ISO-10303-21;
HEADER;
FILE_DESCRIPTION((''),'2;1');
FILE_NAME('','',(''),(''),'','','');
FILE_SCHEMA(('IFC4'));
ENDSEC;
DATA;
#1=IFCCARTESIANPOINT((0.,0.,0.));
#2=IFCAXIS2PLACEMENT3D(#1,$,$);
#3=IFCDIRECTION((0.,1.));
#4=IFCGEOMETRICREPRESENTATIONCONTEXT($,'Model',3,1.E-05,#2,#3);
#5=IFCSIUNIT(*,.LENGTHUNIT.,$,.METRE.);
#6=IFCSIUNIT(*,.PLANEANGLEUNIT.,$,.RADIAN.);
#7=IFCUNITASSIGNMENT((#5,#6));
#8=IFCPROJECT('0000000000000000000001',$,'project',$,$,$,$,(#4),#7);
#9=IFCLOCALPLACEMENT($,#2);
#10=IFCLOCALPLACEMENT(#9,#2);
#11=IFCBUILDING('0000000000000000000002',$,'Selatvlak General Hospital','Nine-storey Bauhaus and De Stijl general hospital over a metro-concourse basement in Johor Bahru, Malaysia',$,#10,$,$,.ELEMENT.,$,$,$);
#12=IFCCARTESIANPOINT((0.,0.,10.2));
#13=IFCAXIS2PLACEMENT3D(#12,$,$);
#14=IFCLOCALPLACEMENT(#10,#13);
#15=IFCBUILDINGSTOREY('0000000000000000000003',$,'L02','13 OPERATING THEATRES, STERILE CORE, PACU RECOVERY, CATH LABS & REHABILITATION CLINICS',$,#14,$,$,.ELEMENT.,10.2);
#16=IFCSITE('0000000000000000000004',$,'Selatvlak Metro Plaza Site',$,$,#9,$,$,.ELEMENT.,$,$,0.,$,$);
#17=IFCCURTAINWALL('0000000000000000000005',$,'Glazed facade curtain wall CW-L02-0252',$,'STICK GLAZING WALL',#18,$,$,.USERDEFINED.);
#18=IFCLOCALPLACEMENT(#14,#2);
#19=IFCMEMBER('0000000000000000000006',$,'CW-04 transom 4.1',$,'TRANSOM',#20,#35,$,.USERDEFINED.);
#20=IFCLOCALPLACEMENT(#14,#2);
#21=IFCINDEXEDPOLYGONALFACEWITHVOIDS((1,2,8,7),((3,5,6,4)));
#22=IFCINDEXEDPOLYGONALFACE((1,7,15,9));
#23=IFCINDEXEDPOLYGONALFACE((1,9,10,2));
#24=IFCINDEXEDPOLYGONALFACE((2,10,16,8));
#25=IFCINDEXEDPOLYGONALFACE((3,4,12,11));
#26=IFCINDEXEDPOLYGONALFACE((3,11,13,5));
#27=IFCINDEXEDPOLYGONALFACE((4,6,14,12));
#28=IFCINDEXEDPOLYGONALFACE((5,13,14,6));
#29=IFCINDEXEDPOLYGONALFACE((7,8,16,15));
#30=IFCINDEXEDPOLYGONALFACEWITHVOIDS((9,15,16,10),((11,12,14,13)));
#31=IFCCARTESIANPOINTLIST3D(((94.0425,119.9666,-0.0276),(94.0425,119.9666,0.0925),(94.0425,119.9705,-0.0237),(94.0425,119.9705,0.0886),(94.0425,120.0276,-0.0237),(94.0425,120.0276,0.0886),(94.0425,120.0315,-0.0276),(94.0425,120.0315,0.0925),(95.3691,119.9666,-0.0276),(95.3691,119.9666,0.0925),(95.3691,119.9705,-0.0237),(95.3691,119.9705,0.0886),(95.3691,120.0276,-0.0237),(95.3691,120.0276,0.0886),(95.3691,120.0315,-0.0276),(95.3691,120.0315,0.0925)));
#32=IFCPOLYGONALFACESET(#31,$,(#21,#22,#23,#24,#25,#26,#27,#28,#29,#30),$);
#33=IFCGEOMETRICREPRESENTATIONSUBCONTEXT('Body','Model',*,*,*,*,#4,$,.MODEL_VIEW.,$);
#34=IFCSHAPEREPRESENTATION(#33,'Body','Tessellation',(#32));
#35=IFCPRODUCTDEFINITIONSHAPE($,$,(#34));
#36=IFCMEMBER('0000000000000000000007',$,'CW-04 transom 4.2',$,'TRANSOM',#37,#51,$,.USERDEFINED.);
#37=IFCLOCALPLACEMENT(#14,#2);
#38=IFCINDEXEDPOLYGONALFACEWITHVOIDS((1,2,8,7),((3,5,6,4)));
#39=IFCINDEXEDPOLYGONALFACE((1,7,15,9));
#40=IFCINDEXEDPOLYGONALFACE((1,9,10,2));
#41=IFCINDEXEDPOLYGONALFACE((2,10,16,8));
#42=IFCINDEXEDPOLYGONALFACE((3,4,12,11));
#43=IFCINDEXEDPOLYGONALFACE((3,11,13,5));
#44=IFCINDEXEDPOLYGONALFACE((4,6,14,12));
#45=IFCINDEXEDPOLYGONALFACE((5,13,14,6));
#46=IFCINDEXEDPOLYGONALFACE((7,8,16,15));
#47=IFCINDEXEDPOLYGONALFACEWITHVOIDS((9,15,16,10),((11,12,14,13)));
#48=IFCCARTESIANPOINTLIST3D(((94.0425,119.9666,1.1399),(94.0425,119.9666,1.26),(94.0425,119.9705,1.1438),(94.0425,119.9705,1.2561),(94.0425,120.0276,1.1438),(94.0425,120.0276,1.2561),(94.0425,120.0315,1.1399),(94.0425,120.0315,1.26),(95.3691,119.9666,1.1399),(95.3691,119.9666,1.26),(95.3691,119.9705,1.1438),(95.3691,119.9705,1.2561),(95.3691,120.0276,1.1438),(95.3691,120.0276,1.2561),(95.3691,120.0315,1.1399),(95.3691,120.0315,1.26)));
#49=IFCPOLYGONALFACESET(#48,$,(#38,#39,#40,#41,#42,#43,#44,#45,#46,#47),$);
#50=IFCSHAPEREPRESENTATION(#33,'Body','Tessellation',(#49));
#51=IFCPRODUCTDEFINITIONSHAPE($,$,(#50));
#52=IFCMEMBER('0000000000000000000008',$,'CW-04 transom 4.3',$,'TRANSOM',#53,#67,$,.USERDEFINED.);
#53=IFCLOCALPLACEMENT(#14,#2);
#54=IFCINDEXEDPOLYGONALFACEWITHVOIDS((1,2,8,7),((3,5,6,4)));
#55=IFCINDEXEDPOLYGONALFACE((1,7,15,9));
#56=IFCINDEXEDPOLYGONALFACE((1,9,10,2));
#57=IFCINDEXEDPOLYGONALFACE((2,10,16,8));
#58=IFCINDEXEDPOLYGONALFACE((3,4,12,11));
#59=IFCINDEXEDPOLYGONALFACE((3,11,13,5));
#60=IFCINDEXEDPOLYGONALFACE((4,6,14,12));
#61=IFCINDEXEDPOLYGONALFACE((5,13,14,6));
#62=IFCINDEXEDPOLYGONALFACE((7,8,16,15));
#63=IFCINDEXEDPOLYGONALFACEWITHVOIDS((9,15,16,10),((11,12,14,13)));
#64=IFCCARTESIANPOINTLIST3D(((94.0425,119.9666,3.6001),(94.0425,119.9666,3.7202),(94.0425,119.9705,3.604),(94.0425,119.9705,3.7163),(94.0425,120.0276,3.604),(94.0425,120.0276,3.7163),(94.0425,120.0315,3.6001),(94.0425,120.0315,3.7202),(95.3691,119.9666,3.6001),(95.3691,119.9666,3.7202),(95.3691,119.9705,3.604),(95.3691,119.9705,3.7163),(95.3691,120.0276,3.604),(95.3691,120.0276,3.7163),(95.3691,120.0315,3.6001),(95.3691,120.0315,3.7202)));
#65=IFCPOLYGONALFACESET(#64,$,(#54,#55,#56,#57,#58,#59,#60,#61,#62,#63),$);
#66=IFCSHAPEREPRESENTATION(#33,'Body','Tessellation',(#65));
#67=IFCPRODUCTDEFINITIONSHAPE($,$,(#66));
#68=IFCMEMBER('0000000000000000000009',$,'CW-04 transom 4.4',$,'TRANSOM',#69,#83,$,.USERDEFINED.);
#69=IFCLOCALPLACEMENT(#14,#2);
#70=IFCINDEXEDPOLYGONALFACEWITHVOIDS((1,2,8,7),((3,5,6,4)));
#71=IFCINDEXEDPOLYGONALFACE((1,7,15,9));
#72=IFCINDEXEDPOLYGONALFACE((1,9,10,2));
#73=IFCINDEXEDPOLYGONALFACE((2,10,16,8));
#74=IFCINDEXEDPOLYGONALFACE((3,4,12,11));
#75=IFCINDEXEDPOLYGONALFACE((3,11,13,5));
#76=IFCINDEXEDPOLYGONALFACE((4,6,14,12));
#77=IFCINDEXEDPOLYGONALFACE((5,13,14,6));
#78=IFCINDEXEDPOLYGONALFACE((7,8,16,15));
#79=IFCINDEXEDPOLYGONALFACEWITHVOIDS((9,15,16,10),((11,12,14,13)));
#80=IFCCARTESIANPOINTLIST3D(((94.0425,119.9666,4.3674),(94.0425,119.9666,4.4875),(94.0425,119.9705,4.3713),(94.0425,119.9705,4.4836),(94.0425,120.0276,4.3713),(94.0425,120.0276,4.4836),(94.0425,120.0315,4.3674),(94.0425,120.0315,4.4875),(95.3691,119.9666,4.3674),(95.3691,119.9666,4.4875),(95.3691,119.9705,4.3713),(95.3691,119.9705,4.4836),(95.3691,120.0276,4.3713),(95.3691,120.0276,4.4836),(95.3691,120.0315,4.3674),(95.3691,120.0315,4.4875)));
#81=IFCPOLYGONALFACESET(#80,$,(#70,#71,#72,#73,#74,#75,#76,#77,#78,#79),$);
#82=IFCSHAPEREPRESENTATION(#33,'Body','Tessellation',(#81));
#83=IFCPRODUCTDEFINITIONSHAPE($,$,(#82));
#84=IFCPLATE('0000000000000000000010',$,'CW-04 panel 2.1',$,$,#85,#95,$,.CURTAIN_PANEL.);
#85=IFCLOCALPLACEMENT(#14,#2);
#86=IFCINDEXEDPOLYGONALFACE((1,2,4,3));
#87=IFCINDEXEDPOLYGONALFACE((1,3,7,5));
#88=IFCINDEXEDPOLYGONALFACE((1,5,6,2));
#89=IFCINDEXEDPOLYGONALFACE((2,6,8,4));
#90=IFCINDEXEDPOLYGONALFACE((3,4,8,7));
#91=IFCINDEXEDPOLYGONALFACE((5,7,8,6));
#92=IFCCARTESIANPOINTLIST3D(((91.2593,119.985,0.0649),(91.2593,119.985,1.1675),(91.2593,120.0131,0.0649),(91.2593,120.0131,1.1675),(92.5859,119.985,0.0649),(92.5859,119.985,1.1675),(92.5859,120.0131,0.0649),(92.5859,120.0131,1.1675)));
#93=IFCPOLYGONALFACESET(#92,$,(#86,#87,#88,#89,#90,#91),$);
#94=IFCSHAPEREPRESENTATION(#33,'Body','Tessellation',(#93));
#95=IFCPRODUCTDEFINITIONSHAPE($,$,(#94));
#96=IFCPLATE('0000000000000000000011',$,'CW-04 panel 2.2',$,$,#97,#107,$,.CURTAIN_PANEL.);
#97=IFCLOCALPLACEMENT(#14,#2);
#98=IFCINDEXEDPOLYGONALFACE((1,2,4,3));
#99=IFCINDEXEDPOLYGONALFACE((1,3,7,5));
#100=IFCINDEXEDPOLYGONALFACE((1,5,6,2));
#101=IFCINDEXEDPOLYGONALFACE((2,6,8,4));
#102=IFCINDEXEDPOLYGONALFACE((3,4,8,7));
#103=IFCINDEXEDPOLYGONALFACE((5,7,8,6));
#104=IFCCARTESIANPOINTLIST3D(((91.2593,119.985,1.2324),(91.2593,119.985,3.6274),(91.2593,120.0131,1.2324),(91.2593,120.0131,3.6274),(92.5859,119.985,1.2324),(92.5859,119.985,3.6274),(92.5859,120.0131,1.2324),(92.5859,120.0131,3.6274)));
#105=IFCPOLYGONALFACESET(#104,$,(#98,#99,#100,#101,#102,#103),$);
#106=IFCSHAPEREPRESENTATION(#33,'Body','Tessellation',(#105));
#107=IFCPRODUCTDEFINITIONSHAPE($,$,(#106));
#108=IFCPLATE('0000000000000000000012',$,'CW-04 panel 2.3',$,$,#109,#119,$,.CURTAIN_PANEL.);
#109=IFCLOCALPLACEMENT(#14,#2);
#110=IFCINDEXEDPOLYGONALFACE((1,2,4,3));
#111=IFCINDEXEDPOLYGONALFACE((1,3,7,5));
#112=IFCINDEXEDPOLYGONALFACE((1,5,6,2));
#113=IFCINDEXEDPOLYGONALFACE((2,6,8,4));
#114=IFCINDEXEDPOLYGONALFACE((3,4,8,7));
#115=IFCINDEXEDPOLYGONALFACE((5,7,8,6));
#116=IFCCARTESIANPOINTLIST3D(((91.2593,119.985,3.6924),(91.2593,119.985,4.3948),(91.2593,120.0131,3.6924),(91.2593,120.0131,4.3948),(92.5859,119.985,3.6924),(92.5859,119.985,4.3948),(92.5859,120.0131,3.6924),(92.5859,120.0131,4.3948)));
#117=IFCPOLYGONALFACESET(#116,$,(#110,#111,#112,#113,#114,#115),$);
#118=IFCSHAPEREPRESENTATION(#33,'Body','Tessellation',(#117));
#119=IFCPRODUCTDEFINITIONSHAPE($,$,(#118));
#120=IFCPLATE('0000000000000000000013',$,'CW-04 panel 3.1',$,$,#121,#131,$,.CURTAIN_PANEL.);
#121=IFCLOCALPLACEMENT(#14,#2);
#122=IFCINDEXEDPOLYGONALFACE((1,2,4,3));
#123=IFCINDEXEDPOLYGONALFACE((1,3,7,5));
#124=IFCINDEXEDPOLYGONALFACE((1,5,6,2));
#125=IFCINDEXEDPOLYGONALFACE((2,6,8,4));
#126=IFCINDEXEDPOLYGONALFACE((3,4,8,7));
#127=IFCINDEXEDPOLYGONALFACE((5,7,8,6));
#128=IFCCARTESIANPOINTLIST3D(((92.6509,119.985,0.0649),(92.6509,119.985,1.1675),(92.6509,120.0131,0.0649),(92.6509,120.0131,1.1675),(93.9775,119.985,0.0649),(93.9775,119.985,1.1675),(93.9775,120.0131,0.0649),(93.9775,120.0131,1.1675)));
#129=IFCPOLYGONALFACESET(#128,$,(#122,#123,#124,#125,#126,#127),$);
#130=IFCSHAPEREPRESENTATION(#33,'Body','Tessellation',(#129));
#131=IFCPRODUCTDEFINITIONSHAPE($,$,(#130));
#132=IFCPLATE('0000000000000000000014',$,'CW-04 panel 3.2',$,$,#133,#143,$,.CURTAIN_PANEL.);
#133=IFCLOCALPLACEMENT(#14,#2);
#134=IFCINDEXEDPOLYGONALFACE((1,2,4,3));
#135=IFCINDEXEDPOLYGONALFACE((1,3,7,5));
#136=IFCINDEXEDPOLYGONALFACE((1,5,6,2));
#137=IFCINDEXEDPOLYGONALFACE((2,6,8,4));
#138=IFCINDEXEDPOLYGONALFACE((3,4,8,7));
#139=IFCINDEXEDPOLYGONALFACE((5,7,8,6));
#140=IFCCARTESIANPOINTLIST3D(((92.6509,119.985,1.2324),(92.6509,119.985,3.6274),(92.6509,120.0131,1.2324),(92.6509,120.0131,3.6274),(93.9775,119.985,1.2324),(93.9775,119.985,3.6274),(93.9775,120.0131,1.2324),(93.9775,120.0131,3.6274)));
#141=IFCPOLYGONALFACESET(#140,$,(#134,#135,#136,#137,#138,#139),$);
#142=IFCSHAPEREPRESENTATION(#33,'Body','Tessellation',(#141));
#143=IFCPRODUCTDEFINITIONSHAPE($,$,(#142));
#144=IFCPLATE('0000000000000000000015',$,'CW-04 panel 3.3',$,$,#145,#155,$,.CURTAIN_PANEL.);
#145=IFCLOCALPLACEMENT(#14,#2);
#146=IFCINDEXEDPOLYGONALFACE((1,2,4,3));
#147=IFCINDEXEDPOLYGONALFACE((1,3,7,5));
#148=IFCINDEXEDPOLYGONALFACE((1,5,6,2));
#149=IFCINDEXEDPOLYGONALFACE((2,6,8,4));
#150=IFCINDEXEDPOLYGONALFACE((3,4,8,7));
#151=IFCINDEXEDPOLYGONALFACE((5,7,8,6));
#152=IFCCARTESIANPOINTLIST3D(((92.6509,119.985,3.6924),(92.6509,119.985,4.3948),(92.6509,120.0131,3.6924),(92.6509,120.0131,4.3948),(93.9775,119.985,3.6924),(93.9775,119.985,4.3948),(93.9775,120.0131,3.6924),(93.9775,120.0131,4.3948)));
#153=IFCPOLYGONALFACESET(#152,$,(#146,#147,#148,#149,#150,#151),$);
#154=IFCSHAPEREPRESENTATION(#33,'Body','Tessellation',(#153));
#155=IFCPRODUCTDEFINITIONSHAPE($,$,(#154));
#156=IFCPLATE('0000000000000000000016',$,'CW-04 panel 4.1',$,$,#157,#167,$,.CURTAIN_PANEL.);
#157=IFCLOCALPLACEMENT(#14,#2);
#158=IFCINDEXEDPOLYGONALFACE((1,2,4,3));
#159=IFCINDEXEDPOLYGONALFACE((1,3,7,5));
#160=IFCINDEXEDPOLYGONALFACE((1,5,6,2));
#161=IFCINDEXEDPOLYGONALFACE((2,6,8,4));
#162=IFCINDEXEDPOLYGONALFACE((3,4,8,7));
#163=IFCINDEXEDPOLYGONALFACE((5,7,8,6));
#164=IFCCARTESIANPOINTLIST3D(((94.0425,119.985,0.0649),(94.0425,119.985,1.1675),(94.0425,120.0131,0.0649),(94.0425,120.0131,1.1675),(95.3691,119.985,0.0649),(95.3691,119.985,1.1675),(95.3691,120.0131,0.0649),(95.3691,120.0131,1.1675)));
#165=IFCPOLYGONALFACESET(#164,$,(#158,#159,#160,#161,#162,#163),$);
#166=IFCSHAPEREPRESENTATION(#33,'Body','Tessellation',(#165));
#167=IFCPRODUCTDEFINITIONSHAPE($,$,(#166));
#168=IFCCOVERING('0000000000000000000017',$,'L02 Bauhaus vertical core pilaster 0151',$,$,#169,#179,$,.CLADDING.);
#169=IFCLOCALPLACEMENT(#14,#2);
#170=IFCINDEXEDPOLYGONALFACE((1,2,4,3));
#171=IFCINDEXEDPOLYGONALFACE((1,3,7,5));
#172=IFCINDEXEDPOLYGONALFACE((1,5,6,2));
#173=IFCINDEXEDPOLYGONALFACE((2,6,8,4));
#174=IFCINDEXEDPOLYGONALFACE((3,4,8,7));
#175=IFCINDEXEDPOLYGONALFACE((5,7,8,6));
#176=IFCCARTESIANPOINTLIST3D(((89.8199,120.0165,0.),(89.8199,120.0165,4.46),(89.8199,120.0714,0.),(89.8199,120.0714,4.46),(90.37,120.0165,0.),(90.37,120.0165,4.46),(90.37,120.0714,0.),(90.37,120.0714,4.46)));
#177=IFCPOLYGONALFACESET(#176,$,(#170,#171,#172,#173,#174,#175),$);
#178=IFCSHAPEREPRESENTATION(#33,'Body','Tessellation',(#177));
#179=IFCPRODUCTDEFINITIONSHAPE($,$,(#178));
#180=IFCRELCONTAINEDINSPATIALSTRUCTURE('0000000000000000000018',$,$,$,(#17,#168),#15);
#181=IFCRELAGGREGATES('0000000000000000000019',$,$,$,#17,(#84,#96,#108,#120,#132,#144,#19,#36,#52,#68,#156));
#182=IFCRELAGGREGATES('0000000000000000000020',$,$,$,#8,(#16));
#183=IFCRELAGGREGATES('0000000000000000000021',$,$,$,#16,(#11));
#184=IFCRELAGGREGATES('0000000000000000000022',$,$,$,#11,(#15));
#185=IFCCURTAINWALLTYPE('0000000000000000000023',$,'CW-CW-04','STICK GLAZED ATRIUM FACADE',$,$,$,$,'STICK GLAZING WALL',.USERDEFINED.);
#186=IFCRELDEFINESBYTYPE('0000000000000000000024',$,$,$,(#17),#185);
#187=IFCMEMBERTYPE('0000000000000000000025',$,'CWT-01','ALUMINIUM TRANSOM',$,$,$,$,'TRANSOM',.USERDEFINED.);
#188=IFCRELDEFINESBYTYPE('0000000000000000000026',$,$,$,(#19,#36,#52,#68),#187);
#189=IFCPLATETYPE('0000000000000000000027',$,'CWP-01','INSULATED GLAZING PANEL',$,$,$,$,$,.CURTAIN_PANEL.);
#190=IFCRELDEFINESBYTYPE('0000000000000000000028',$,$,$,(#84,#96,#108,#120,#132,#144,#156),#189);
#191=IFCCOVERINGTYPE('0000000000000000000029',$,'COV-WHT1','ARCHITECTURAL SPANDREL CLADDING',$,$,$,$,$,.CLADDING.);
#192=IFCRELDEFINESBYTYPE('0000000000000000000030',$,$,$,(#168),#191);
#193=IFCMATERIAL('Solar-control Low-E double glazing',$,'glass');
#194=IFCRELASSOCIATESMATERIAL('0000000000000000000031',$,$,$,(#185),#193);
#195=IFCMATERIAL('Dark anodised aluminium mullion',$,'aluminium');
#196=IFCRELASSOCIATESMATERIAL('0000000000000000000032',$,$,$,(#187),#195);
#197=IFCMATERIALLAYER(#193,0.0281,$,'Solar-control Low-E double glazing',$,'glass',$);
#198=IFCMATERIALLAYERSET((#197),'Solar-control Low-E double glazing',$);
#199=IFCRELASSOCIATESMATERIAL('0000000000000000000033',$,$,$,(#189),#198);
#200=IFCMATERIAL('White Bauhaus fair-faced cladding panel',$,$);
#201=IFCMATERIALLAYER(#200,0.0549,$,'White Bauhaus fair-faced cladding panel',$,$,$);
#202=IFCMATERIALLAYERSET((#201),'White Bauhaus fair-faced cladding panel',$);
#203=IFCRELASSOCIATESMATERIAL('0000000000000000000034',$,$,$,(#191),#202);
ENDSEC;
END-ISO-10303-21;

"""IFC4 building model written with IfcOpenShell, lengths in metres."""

from ifc_helpers import new_model, si_unit, direction, frame, origin, origin_2d, place, context, subcontext, project, spatial, rectangle, hollow_rectangle, extrude, material, layer, layer_set, material_profile, profile_set, type_object, element, aggregate, save


model = new_model("IFC4")

# Units and contexts
model_context = context("Model", 3, precision=1e-05, world=origin(), true_north=direction((0.0, 1.0)))
body_context = subcontext(model_context, "Body", "Model", "MODEL_VIEW")
ifc_project = project(units=[si_unit("LENGTHUNIT", "METRE"), si_unit("PLANEANGLEUNIT", "RADIAN")], contexts=[model_context])

# Site, building, storey
site_placement = place(None, origin())
site = spatial("IfcSite", under=ifc_project, at=site_placement, Name="Selatvlak Metro Plaza Site", CompositionType="ELEMENT", RefElevation=0.0)
building_placement = place(site_placement, origin())
building = spatial("IfcBuilding", under=site, at=building_placement, Name="Selatvlak General Hospital", Description="Nine-storey Bauhaus and De Stijl general hospital over a metro-concourse basement in Johor Bahru, Malaysia", CompositionType="ELEMENT")
storey_placement = place(building_placement, frame((0.0, 0.0, 10.2)))
storey = spatial("IfcBuildingStorey", under=building, at=storey_placement, Name="L02", Description="13 OPERATING THEATRES, STERILE CORE, PACU RECOVERY, CATH LABS & REHABILITATION CLINICS", CompositionType="ELEMENT", Elevation=10.2)

# Curtain wall, members, plates
ifc_material_1 = material(Name="Solar-control Low-E double glazing", Category="glass")
curtain_wall_type = type_object("IfcCurtainWallType", Name="CW-CW-04", Description="STICK GLAZED ATRIUM FACADE", ElementType="STICK GLAZING WALL", PredefinedType="USERDEFINED", material=ifc_material_1)
curtain_wall_placement = place(storey_placement, origin())
curtain_wall = element("IfcCurtainWall", 1, at=curtain_wall_placement, inside=storey, type_object=curtain_wall_type, Name="Glazed facade curtain wall CW-L02-0252", ObjectType="STICK GLAZING WALL", PredefinedType="USERDEFINED")
ifc_material_2 = material(Name="Dark anodised aluminium mullion", Category="aluminium")
ifc_material_profile_1 = material_profile(ifc_material_2, hollow_rectangle(XDim=0.0649, YDim=0.1201, WallThickness=0.0039, at=origin_2d()), Name="AL-TRN 65x120x4")
ifc_profile_set_1 = profile_set([ifc_material_profile_1], Name="Dark anodised aluminium mullion")
member_type_1 = type_object("IfcMemberType", Name="CWT-01", Description="ALUMINIUM TRANSOM", ElementType="TRANSOM", PredefinedType="USERDEFINED", material=ifc_profile_set_1)
member_1_placement = place(storey_placement, frame((94.0425, 119.999, 0.0325), z_axis=(1.0, 0.0, 0.0), x_axis=(0.0, 1.0, 0.0)))
member_1 = element("IfcMember", 2, at=member_1_placement, type_object=member_type_1, Name="CW-04 transom 4.1", ObjectType="TRANSOM", PredefinedType="USERDEFINED", context=body_context, shape_type="SweptSolid", body=[
    extrude(hollow_rectangle(XDim=0.0649, YDim=0.1201, WallThickness=0.0039, at=origin_2d()), origin(), (0.0, 0.0, 1.0), 1.3267),
])
member_2_placement = place(storey_placement, frame((94.0425, 119.999, 1.2), z_axis=(1.0, 0.0, 0.0), x_axis=(0.0, 1.0, 0.0)))
member_2 = element("IfcMember", 3, at=member_2_placement, type_object=member_type_1, Name="CW-04 transom 4.2", ObjectType="TRANSOM", PredefinedType="USERDEFINED", context=body_context, shape_type="SweptSolid", body=[
    extrude(hollow_rectangle(XDim=0.0649, YDim=0.1201, WallThickness=0.0039, at=origin_2d()), origin(), (0.0, 0.0, 1.0), 1.3267),
])
member_3_placement = place(storey_placement, frame((94.0425, 119.999, 3.6602), z_axis=(1.0, 0.0, 0.0), x_axis=(0.0, 1.0, 0.0)))
member_3 = element("IfcMember", 4, at=member_3_placement, type_object=member_type_1, Name="CW-04 transom 4.3", ObjectType="TRANSOM", PredefinedType="USERDEFINED", context=body_context, shape_type="SweptSolid", body=[
    extrude(hollow_rectangle(XDim=0.0649, YDim=0.1201, WallThickness=0.0039, at=origin_2d()), origin(), (0.0, 0.0, 1.0), 1.3267),
])
member_4_placement = place(storey_placement, frame((94.0425, 119.999, 4.4275), z_axis=(1.0, 0.0, 0.0), x_axis=(0.0, 1.0, 0.0)))
member_4 = element("IfcMember", 5, at=member_4_placement, type_object=member_type_1, Name="CW-04 transom 4.4", ObjectType="TRANSOM", PredefinedType="USERDEFINED", context=body_context, shape_type="SweptSolid", body=[
    extrude(hollow_rectangle(XDim=0.0649, YDim=0.1201, WallThickness=0.0039, at=origin_2d()), origin(), (0.0, 0.0, 1.0), 1.3267),
])
ifc_layer_1 = layer(ifc_material_1, 0.0281, Name="Solar-control Low-E double glazing", Category="glass")
ifc_layer_set_1 = layer_set([ifc_layer_1], Name="Solar-control Low-E double glazing")
plate_type = type_object("IfcPlateType", Name="CWP-01", Description="INSULATED GLAZING PANEL", PredefinedType="CURTAIN_PANEL", material=ifc_layer_set_1)
plate_1_placement = place(storey_placement, frame((91.9226, 119.999, 0.0649), z_axis=(0.0, 0.0, 1.0), x_axis=(1.0, 0.0, 0.0)))
plate_1 = element("IfcPlate", 6, at=plate_1_placement, type_object=plate_type, Name="CW-04 panel 2.1", PredefinedType="CURTAIN_PANEL", context=body_context, shape_type="SweptSolid", body=[
    extrude(rectangle(XDim=1.3267, YDim=0.0281, at=origin_2d()), origin(), (0.0, 0.0, 1.0), 1.1025),
])
plate_2_placement = place(storey_placement, frame((91.9226, 119.999, 1.2324), z_axis=(0.0, 0.0, 1.0), x_axis=(1.0, 0.0, 0.0)))
plate_2 = element("IfcPlate", 7, at=plate_2_placement, type_object=plate_type, Name="CW-04 panel 2.2", PredefinedType="CURTAIN_PANEL", context=body_context, shape_type="SweptSolid", body=[
    extrude(rectangle(XDim=1.3267, YDim=0.0281, at=origin_2d()), origin(), (0.0, 0.0, 1.0), 2.395),
])
plate_3_placement = place(storey_placement, frame((91.9226, 119.999, 3.6924), z_axis=(0.0, 0.0, 1.0), x_axis=(1.0, 0.0, 0.0)))
plate_3 = element("IfcPlate", 8, at=plate_3_placement, type_object=plate_type, Name="CW-04 panel 2.3", PredefinedType="CURTAIN_PANEL", context=body_context, shape_type="SweptSolid", body=[
    extrude(rectangle(XDim=1.3267, YDim=0.0281, at=origin_2d()), origin(), (0.0, 0.0, 1.0), 0.7024),
])
plate_4_placement = place(storey_placement, frame((93.3142, 119.999, 0.0649), z_axis=(0.0, 0.0, 1.0), x_axis=(1.0, 0.0, 0.0)))
plate_4 = element("IfcPlate", 9, at=plate_4_placement, type_object=plate_type, Name="CW-04 panel 3.1", PredefinedType="CURTAIN_PANEL", context=body_context, shape_type="SweptSolid", body=[
    extrude(rectangle(XDim=1.3267, YDim=0.0281, at=origin_2d()), origin(), (0.0, 0.0, 1.0), 1.1025),
])
plate_5_placement = place(storey_placement, frame((93.3142, 119.999, 1.2324), z_axis=(0.0, 0.0, 1.0), x_axis=(1.0, 0.0, 0.0)))
plate_5 = element("IfcPlate", 10, at=plate_5_placement, type_object=plate_type, Name="CW-04 panel 3.2", PredefinedType="CURTAIN_PANEL", context=body_context, shape_type="SweptSolid", body=[
    extrude(rectangle(XDim=1.3267, YDim=0.0281, at=origin_2d()), origin(), (0.0, 0.0, 1.0), 2.395),
])
plate_6_placement = place(storey_placement, frame((93.3142, 119.999, 3.6924), z_axis=(0.0, 0.0, 1.0), x_axis=(1.0, 0.0, 0.0)))
plate_6 = element("IfcPlate", 11, at=plate_6_placement, type_object=plate_type, Name="CW-04 panel 3.3", PredefinedType="CURTAIN_PANEL", context=body_context, shape_type="SweptSolid", body=[
    extrude(rectangle(XDim=1.3267, YDim=0.0281, at=origin_2d()), origin(), (0.0, 0.0, 1.0), 0.7024),
])
plate_7_placement = place(storey_placement, frame((94.7058, 119.999, 0.0649), z_axis=(0.0, 0.0, 1.0), x_axis=(1.0, 0.0, 0.0)))
plate_7 = element("IfcPlate", 12, at=plate_7_placement, type_object=plate_type, Name="CW-04 panel 4.1", PredefinedType="CURTAIN_PANEL", context=body_context, shape_type="SweptSolid", body=[
    extrude(rectangle(XDim=1.3267, YDim=0.0281, at=origin_2d()), origin(), (0.0, 0.0, 1.0), 1.1025),
])
aggregate(curtain_wall, [plate_1, plate_2, plate_3, plate_4, plate_5, plate_6, member_1, member_2, member_3, member_4, plate_7])

# Covering
ifc_material_3 = material(Name="White Bauhaus fair-faced cladding panel")
ifc_layer_2 = layer(ifc_material_3, 0.0549, Name="White Bauhaus fair-faced cladding panel")
ifc_layer_set_2 = layer_set([ifc_layer_2], Name="White Bauhaus fair-faced cladding panel")
covering_type = type_object("IfcCoveringType", Name="COV-WHT1", Description="ARCHITECTURAL SPANDREL CLADDING", PredefinedType="CLADDING", material=ifc_layer_set_2)
covering_placement = place(storey_placement, frame((90.095, 120.0439, 0.0), z_axis=(0.0, 0.0, 1.0), x_axis=(1.0, 0.0, 0.0)))
element("IfcCovering", 13, at=covering_placement, inside=storey, type_object=covering_type, Name="L02 Bauhaus vertical core pilaster 0151", PredefinedType="CLADDING", context=body_context, shape_type="SweptSolid", body=[
    extrude(rectangle(XDim=0.55, YDim=0.0549, at=origin_2d()), origin(), (0.0, 0.0, 1.0), 4.46),
])

save(model, "model.ifc")
